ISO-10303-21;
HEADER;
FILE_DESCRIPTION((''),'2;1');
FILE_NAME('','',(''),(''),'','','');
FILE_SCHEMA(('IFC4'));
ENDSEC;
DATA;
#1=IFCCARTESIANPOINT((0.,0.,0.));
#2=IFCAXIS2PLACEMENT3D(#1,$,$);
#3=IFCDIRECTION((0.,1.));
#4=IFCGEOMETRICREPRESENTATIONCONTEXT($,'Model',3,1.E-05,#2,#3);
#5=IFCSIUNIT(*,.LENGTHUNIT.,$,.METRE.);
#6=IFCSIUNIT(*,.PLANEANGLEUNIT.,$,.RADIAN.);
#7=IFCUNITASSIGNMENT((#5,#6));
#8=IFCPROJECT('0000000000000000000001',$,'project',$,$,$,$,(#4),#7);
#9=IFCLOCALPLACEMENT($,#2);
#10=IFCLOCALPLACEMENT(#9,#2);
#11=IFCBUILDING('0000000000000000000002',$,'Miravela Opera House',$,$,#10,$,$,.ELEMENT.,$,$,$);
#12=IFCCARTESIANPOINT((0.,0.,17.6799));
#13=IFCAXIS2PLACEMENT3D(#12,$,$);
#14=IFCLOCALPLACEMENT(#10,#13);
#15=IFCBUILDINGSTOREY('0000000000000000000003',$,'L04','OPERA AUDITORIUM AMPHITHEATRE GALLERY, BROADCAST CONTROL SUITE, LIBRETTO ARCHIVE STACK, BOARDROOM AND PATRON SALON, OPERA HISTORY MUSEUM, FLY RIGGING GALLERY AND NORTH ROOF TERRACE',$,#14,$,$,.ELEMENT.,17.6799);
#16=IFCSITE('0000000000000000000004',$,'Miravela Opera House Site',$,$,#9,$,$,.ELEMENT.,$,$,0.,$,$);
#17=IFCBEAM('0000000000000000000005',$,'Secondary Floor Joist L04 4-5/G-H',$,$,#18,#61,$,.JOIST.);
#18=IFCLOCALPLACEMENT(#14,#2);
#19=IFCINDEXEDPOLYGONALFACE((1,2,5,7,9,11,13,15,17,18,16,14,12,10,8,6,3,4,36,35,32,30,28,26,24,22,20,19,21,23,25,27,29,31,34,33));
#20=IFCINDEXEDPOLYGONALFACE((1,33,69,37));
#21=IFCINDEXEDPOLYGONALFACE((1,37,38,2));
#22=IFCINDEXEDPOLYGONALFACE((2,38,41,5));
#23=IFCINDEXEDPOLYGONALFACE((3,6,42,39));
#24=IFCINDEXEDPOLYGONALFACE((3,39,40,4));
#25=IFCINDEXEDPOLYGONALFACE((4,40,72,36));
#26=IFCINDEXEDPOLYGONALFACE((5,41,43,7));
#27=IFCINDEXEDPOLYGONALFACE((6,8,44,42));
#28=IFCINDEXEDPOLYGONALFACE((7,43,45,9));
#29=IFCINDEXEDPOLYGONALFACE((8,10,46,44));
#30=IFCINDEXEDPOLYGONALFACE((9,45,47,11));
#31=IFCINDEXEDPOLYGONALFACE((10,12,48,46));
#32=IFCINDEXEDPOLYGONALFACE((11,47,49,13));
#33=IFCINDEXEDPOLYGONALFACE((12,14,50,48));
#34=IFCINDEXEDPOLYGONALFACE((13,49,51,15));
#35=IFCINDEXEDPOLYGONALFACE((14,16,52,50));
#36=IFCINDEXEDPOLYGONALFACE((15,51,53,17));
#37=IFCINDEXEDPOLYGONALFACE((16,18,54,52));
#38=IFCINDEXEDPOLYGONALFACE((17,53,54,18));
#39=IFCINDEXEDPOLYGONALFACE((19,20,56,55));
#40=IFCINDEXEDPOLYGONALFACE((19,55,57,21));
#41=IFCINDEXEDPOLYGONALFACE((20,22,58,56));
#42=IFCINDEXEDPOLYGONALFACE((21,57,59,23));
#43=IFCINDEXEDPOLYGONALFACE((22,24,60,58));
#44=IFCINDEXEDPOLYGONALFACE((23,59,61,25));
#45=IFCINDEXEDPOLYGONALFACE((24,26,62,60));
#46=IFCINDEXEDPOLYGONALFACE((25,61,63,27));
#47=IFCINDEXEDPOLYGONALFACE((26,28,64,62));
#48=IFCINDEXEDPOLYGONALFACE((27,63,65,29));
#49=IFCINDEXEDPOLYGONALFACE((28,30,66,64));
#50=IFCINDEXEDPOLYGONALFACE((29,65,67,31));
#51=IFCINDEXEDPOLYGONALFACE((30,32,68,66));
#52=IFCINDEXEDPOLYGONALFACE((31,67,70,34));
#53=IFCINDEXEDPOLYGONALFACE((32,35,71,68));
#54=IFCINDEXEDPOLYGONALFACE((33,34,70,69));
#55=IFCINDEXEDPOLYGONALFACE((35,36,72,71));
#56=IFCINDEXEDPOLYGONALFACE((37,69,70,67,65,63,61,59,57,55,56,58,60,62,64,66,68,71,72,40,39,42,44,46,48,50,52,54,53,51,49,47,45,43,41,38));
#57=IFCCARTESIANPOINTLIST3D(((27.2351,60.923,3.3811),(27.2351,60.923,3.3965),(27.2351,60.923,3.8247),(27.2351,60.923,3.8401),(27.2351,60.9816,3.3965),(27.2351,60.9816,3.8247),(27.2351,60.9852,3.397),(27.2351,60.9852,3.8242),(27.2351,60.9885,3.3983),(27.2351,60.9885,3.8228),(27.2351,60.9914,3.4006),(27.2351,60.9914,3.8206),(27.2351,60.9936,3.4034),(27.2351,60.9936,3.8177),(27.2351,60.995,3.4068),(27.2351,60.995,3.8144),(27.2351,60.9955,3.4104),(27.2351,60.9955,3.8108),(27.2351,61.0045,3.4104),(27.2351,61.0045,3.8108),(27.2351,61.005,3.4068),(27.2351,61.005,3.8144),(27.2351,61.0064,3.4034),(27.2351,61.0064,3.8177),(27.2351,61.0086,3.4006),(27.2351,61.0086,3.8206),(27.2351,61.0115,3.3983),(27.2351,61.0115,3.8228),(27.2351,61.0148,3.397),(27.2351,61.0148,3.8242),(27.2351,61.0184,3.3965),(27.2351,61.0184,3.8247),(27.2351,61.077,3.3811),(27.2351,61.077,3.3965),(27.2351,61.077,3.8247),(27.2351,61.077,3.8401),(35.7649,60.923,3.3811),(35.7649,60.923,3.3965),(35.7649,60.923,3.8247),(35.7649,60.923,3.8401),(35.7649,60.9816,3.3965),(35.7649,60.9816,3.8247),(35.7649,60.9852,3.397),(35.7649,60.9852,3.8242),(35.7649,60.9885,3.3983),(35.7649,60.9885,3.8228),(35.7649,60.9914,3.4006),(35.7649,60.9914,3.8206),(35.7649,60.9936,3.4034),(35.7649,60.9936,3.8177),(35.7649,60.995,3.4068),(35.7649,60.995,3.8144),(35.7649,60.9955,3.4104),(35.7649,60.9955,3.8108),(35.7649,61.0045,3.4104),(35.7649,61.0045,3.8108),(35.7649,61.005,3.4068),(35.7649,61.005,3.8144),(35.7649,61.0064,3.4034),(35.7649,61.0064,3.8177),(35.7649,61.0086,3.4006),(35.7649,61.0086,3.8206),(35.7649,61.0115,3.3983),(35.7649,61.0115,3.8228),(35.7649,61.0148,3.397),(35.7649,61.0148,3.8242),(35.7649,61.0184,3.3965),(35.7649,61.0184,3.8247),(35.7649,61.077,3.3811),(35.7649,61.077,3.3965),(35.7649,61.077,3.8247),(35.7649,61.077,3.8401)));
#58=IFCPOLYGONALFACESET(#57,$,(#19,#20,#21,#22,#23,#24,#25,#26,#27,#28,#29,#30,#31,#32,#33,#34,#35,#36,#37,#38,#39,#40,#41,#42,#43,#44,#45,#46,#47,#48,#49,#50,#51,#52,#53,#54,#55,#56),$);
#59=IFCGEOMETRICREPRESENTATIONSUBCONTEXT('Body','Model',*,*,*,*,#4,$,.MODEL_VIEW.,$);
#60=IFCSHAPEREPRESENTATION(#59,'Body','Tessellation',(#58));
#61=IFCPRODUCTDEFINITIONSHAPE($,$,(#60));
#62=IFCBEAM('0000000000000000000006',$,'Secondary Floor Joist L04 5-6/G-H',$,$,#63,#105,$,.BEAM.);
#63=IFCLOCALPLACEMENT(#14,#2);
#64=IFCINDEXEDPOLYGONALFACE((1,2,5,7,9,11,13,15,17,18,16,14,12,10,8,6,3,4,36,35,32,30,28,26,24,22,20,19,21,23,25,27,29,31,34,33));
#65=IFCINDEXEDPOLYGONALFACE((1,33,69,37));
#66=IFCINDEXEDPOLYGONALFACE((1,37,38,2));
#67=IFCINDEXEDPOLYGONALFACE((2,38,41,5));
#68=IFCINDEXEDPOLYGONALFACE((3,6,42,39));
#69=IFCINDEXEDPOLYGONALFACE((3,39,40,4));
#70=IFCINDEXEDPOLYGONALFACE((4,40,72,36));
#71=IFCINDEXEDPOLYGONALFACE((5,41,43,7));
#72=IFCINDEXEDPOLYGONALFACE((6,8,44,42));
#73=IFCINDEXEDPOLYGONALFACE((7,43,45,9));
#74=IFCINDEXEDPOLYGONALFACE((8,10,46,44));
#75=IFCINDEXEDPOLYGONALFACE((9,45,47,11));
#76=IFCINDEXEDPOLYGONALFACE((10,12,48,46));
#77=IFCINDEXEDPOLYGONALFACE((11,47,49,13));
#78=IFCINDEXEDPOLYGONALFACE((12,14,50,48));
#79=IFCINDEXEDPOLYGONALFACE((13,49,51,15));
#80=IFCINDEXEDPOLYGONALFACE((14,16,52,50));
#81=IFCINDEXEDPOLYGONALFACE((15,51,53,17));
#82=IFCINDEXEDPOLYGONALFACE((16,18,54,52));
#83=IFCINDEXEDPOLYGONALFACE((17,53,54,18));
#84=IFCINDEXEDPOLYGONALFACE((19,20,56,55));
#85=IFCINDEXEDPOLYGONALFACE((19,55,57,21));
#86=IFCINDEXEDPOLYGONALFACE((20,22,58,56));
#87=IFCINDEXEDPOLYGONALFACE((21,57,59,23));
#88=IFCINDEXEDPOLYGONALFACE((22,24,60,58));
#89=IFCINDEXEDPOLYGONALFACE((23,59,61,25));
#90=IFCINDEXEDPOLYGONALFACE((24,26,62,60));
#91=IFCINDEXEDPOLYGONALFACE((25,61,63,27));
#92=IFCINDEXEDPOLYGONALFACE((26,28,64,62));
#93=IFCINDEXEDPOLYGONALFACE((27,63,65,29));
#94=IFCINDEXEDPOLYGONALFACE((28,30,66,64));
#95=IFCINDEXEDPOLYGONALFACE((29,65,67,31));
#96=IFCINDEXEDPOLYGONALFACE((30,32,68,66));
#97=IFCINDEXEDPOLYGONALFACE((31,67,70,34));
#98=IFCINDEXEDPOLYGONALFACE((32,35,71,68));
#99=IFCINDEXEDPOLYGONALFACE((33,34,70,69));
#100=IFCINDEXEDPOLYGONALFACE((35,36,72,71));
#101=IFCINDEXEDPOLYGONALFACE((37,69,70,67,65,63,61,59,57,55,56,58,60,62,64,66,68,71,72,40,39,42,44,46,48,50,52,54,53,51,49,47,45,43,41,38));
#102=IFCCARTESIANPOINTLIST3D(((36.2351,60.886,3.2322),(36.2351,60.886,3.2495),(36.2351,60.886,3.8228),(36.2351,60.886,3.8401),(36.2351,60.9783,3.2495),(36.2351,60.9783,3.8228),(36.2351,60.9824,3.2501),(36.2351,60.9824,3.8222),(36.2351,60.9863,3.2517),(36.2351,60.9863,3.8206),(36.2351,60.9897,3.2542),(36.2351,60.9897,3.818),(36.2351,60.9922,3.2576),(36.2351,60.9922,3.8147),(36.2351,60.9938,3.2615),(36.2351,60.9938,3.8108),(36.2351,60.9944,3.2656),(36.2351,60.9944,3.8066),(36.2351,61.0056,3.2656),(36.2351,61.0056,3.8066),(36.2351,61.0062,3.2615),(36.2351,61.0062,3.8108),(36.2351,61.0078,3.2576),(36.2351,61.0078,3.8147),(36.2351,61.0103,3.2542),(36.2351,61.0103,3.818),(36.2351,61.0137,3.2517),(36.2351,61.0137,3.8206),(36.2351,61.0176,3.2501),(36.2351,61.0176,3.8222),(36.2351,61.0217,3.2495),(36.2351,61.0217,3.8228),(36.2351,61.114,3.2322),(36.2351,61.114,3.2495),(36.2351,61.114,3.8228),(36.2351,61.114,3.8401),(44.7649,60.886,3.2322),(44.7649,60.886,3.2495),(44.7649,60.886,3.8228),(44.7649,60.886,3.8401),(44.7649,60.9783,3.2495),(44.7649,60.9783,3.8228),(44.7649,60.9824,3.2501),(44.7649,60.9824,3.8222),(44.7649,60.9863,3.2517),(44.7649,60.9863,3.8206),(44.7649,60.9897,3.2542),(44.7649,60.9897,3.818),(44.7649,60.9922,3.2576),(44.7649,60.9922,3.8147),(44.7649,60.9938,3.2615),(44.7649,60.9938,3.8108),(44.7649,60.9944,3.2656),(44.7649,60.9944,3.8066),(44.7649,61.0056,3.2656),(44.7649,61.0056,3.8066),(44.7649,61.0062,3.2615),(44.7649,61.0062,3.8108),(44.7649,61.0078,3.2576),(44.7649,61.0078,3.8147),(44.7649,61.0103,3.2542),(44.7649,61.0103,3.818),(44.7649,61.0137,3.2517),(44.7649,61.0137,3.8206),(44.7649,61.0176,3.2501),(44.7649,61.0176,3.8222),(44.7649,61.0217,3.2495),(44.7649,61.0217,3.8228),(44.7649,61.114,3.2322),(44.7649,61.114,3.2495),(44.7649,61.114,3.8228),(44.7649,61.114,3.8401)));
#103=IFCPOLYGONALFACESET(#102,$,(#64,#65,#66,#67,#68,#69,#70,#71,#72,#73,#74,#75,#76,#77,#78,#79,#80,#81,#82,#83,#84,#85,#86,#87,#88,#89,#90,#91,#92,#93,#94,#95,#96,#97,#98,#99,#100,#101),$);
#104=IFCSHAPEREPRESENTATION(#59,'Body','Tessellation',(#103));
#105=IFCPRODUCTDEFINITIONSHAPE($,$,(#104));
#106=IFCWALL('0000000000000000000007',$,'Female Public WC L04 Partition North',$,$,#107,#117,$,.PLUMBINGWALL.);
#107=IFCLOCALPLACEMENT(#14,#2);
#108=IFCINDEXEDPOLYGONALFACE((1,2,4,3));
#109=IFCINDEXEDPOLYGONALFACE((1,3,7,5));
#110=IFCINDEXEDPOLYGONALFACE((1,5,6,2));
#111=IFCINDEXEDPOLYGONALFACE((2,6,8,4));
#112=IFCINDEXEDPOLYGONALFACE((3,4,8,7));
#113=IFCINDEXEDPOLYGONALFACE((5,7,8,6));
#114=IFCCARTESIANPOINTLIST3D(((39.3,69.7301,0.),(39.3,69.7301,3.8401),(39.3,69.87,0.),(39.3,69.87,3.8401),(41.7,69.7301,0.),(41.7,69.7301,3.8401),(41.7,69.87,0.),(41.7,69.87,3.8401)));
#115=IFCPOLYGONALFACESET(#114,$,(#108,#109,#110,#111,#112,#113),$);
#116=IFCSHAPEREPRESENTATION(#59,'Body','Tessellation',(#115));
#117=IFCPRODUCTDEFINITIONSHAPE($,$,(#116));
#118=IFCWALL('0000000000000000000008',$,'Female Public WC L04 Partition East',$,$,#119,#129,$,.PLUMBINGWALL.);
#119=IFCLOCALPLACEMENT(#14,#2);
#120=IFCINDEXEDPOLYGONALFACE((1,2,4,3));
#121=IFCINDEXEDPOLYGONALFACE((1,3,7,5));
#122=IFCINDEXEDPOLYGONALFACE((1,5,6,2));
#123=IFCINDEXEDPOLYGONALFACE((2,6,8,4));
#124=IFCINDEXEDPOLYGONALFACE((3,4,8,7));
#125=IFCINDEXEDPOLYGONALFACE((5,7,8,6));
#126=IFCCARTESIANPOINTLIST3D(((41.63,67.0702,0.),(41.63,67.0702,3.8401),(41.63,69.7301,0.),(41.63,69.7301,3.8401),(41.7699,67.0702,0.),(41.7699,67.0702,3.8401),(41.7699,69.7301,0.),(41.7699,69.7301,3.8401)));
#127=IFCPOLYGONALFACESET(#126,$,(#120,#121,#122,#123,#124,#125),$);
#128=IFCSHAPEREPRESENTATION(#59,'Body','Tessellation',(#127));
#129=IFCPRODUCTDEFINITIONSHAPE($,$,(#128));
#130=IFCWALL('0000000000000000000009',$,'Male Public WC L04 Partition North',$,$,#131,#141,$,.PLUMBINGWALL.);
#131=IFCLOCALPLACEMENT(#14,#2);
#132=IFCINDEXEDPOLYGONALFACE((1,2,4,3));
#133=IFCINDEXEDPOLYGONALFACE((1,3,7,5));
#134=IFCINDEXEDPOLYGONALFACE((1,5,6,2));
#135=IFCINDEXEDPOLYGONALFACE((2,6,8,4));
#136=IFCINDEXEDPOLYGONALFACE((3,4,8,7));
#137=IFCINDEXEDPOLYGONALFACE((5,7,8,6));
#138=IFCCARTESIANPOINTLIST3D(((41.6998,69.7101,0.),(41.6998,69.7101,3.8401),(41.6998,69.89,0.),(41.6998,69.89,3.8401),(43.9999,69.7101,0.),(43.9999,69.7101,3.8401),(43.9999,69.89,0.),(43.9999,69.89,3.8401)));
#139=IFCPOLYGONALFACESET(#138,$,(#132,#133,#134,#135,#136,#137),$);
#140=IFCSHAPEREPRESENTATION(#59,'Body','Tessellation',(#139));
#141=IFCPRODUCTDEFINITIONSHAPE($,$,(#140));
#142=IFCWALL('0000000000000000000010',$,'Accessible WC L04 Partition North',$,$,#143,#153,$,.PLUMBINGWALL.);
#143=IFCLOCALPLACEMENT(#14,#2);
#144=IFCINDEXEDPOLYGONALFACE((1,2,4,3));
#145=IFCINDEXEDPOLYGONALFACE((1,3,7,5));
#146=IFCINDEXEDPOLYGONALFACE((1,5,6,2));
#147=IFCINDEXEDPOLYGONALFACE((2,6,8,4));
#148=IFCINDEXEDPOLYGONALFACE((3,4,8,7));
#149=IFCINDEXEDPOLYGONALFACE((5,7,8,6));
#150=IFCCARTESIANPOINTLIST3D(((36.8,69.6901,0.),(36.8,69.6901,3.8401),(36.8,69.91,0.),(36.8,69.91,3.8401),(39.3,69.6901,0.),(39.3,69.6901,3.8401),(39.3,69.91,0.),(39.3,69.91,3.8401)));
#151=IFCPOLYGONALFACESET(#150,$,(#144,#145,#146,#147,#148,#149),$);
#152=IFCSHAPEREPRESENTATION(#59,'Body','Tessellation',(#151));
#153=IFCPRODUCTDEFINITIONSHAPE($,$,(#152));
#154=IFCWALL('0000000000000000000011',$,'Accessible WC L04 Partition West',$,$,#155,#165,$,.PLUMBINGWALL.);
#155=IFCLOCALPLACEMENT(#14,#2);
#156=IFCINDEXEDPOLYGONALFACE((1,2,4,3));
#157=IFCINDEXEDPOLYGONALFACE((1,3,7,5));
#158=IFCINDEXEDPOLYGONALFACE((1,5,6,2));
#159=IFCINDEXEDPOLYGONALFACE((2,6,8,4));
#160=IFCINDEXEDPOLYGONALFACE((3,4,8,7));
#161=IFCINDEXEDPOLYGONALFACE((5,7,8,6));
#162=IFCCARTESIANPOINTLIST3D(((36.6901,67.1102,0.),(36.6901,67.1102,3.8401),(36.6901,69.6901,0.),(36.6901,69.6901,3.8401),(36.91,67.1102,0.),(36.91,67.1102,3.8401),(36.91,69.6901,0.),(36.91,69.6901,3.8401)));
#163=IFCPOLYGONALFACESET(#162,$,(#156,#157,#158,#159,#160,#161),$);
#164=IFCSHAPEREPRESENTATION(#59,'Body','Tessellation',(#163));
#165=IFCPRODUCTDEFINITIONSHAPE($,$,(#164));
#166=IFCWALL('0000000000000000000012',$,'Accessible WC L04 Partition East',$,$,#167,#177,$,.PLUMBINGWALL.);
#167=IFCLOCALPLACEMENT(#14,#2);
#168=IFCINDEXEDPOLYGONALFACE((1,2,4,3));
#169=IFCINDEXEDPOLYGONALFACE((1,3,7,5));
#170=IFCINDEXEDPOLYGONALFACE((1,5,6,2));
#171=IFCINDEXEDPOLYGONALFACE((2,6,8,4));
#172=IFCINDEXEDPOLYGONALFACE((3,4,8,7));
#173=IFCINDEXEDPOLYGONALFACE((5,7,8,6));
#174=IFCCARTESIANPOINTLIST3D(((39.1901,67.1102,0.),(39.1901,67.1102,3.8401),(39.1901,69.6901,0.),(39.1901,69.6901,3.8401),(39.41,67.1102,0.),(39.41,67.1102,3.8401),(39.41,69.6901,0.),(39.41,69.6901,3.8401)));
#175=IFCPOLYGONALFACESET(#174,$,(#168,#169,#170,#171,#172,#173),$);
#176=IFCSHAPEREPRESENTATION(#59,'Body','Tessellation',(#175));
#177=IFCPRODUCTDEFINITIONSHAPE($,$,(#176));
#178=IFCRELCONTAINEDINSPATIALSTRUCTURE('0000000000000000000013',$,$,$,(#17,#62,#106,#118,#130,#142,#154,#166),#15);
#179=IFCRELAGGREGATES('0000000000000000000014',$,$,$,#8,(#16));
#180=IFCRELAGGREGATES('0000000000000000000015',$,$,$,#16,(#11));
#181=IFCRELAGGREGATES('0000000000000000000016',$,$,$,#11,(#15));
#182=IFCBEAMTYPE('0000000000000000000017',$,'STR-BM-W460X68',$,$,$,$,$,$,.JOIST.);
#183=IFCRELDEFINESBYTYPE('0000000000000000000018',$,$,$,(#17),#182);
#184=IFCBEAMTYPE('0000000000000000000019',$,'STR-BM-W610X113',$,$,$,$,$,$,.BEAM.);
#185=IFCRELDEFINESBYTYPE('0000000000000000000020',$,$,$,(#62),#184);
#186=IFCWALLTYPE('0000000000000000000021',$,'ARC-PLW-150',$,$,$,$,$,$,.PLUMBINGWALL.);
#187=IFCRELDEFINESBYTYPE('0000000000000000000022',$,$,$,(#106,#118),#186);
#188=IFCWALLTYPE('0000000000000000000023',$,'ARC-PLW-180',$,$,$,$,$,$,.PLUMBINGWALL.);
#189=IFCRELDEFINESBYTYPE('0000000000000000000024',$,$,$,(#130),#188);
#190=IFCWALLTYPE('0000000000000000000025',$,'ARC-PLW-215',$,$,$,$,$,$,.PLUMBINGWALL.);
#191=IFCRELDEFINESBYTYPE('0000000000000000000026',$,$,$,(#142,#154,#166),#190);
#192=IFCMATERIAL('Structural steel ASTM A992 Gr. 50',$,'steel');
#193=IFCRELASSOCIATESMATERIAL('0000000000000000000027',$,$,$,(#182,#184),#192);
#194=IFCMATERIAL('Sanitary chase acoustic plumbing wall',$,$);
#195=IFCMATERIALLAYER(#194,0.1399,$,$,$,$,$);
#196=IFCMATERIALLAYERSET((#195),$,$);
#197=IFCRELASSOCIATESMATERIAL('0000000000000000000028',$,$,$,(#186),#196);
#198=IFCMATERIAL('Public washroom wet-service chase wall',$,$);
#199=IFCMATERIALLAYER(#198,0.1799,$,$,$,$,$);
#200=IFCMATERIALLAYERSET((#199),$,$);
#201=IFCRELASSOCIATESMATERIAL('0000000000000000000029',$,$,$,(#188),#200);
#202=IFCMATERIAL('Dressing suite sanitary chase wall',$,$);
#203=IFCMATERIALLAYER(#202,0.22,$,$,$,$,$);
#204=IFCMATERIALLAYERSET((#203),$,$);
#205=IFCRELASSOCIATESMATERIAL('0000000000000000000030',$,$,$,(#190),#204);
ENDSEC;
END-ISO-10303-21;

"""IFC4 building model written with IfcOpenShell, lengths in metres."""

from ifc_helpers import new_model, si_unit, direction, frame, frame_2d, origin, origin_2d, place, context, subcontext, project, spatial, rectangle, i_section, extrude, material, layer, layer_set, material_profile, profile_set, type_object, element, save


model = new_model("IFC4")

# Units and contexts
model_context = context("Model", 3, precision=1e-05, world=origin(), true_north=direction((0.0, 1.0)))
body_context = subcontext(model_context, "Body", "Model", "MODEL_VIEW")
ifc_project = project(units=[si_unit("LENGTHUNIT", "METRE"), si_unit("PLANEANGLEUNIT", "RADIAN")], contexts=[model_context])

# Site, building, storey
site_placement = place(None, origin())
site = spatial("IfcSite", under=ifc_project, at=site_placement, Name="Miravela Opera House Site", CompositionType="ELEMENT", RefElevation=0.0)
building_placement = place(site_placement, origin())
building = spatial("IfcBuilding", under=site, at=building_placement, Name="Miravela Opera House", CompositionType="ELEMENT")
storey_placement = place(building_placement, frame((0.0, 0.0, 17.6799)))
storey = spatial("IfcBuildingStorey", under=building, at=storey_placement, Name="L04", Description="OPERA AUDITORIUM AMPHITHEATRE GALLERY, BROADCAST CONTROL SUITE, LIBRETTO ARCHIVE STACK, BOARDROOM AND PATRON SALON, OPERA HISTORY MUSEUM, FLY RIGGING GALLERY AND NORTH ROOF TERRACE", CompositionType="ELEMENT", Elevation=17.6799)

# Beams
ifc_material_1 = material(Name="Structural steel ASTM A992 Gr. 50", Category="steel")
ifc_material_profile_1 = material_profile(ifc_material_1, i_section(OverallWidth=0.1541, OverallDepth=0.459, WebThickness=0.009, FlangeThickness=0.0154, FilletRadius=0.0139, at=origin_2d()), Name="W460X68")
ifc_profile_set_1 = profile_set([ifc_material_profile_1])
beam_type_1 = type_object("IfcBeamType", Name="STR-BM-W460X68", PredefinedType="JOIST", material=ifc_profile_set_1)
beam_1_placement = place(storey_placement, frame((27.2351, 61.0, 3.6106), z_axis=(1.0, 0.0, 0.0), x_axis=(0.0, 1.0, 0.0)))
element("IfcBeam", 1, at=beam_1_placement, inside=storey, type_object=beam_type_1, Name="Secondary Floor Joist L04 4-5/G-H", PredefinedType="JOIST", context=body_context, shape_type="SweptSolid", body=[
    extrude(i_section(OverallWidth=0.1541, OverallDepth=0.459, WebThickness=0.009, FlangeThickness=0.0154, FilletRadius=0.0139, at=origin_2d()), origin(), (0.0, 0.0, 1.0), 8.5298),
])
ifc_material_profile_2 = material_profile(ifc_material_1, i_section(OverallWidth=0.228, OverallDepth=0.6079, WebThickness=0.0112, FlangeThickness=0.0173, FilletRadius=0.0161, at=origin_2d()), Name="W610X113")
ifc_profile_set_2 = profile_set([ifc_material_profile_2])
beam_type_2 = type_object("IfcBeamType", Name="STR-BM-W610X113", PredefinedType="BEAM", material=ifc_profile_set_2)
beam_2_placement = place(storey_placement, frame((36.2351, 61.0, 3.5361), z_axis=(1.0, 0.0, 0.0), x_axis=(0.0, 1.0, 0.0)))
element("IfcBeam", 2, at=beam_2_placement, inside=storey, type_object=beam_type_2, Name="Secondary Floor Joist L04 5-6/G-H", PredefinedType="BEAM", context=body_context, shape_type="SweptSolid", body=[
    extrude(i_section(OverallWidth=0.228, OverallDepth=0.6079, WebThickness=0.0112, FlangeThickness=0.0173, FilletRadius=0.0161, at=origin_2d()), origin(), (0.0, 0.0, 1.0), 8.5298),
])

# Shared definitions
ifc_material_2 = material(Name="Sanitary chase acoustic plumbing wall")
ifc_layer_1 = layer(ifc_material_2, 0.1399)
ifc_layer_set_1 = layer_set([ifc_layer_1])
wall_type_1 = type_object("IfcWallType", Name="ARC-PLW-150", PredefinedType="PLUMBINGWALL", material=ifc_layer_set_1)

# Walls
wall_1_placement = place(storey_placement, frame((39.3, 69.8, 0.0), z_axis=(0.0, 0.0, 1.0), x_axis=(1.0, 0.0, 0.0)))
element("IfcWall", 3, at=wall_1_placement, inside=storey, type_object=wall_type_1, Name="Female Public WC L04 Partition North", PredefinedType="PLUMBINGWALL", context=body_context, shape_type="SweptSolid", body=[
    extrude(rectangle(XDim=2.3999, YDim=0.1399, at=frame_2d((1.2, 0.0))), origin(), (0.0, 0.0, 1.0), 3.8401),
])
wall_2_placement = place(storey_placement, frame((41.7, 67.0701, 0.0), z_axis=(0.0, 0.0, 1.0), x_axis=(0.0, 1.0, 0.0)))
element("IfcWall", 4, at=wall_2_placement, inside=storey, type_object=wall_type_1, Name="Female Public WC L04 Partition East", PredefinedType="PLUMBINGWALL", context=body_context, shape_type="SweptSolid", body=[
    extrude(rectangle(XDim=2.6599, YDim=0.1399, at=frame_2d((1.3301, 0.0))), origin(), (0.0, 0.0, 1.0), 3.8401),
])

# Shared definitions
ifc_material_3 = material(Name="Public washroom wet-service chase wall")
ifc_layer_2 = layer(ifc_material_3, 0.1799)
ifc_layer_set_2 = layer_set([ifc_layer_2])
wall_type_2 = type_object("IfcWallType", Name="ARC-PLW-180", PredefinedType="PLUMBINGWALL", material=ifc_layer_set_2)

# Wall
wall_3_placement = place(storey_placement, frame((41.7, 69.8, 0.0), z_axis=(0.0, 0.0, 1.0), x_axis=(1.0, 0.0, 0.0)))
element("IfcWall", 5, at=wall_3_placement, inside=storey, type_object=wall_type_2, Name="Male Public WC L04 Partition North", PredefinedType="PLUMBINGWALL", context=body_context, shape_type="SweptSolid", body=[
    extrude(rectangle(XDim=2.3, YDim=0.1799, at=frame_2d((1.1499, 0.0))), origin(), (0.0, 0.0, 1.0), 3.8401),
])

# Shared definitions
ifc_material_4 = material(Name="Dressing suite sanitary chase wall")
ifc_layer_3 = layer(ifc_material_4, 0.22)
ifc_layer_set_3 = layer_set([ifc_layer_3])
wall_type_3 = type_object("IfcWallType", Name="ARC-PLW-215", PredefinedType="PLUMBINGWALL", material=ifc_layer_set_3)

# Walls
wall_4_placement = place(storey_placement, frame((36.8, 69.8, 0.0), z_axis=(0.0, 0.0, 1.0), x_axis=(1.0, 0.0, 0.0)))
element("IfcWall", 6, at=wall_4_placement, inside=storey, type_object=wall_type_3, Name="Accessible WC L04 Partition North", PredefinedType="PLUMBINGWALL", context=body_context, shape_type="SweptSolid", body=[
    extrude(rectangle(XDim=2.5, YDim=0.22, at=frame_2d((1.25, 0.0))), origin(), (0.0, 0.0, 1.0), 3.8401),
])
for number, where, z_axis, x_axis, name in (
    (7, (36.8, 67.1101, 0.0), (0.0, 0.0, 1.0), (0.0, 1.0, 0.0), "Accessible WC L04 Partition West"),
    (8, (39.3, 67.1101, 0.0), (0.0, 0.0, 1.0), (0.0, 1.0, 0.0), "Accessible WC L04 Partition East"),
):
    element("IfcWall", number, at=place(storey_placement, frame(where, z_axis=z_axis, x_axis=x_axis)), inside=storey, type_object=wall_type_3, Name=name, PredefinedType="PLUMBINGWALL", context=body_context, shape_type="SweptSolid", body=[
        extrude(rectangle(XDim=2.5798, YDim=0.22, at=frame_2d((1.29, 0.0))), origin(), (0.0, 0.0, 1.0), 3.8401),
    ])

save(model, "model.ifc")
